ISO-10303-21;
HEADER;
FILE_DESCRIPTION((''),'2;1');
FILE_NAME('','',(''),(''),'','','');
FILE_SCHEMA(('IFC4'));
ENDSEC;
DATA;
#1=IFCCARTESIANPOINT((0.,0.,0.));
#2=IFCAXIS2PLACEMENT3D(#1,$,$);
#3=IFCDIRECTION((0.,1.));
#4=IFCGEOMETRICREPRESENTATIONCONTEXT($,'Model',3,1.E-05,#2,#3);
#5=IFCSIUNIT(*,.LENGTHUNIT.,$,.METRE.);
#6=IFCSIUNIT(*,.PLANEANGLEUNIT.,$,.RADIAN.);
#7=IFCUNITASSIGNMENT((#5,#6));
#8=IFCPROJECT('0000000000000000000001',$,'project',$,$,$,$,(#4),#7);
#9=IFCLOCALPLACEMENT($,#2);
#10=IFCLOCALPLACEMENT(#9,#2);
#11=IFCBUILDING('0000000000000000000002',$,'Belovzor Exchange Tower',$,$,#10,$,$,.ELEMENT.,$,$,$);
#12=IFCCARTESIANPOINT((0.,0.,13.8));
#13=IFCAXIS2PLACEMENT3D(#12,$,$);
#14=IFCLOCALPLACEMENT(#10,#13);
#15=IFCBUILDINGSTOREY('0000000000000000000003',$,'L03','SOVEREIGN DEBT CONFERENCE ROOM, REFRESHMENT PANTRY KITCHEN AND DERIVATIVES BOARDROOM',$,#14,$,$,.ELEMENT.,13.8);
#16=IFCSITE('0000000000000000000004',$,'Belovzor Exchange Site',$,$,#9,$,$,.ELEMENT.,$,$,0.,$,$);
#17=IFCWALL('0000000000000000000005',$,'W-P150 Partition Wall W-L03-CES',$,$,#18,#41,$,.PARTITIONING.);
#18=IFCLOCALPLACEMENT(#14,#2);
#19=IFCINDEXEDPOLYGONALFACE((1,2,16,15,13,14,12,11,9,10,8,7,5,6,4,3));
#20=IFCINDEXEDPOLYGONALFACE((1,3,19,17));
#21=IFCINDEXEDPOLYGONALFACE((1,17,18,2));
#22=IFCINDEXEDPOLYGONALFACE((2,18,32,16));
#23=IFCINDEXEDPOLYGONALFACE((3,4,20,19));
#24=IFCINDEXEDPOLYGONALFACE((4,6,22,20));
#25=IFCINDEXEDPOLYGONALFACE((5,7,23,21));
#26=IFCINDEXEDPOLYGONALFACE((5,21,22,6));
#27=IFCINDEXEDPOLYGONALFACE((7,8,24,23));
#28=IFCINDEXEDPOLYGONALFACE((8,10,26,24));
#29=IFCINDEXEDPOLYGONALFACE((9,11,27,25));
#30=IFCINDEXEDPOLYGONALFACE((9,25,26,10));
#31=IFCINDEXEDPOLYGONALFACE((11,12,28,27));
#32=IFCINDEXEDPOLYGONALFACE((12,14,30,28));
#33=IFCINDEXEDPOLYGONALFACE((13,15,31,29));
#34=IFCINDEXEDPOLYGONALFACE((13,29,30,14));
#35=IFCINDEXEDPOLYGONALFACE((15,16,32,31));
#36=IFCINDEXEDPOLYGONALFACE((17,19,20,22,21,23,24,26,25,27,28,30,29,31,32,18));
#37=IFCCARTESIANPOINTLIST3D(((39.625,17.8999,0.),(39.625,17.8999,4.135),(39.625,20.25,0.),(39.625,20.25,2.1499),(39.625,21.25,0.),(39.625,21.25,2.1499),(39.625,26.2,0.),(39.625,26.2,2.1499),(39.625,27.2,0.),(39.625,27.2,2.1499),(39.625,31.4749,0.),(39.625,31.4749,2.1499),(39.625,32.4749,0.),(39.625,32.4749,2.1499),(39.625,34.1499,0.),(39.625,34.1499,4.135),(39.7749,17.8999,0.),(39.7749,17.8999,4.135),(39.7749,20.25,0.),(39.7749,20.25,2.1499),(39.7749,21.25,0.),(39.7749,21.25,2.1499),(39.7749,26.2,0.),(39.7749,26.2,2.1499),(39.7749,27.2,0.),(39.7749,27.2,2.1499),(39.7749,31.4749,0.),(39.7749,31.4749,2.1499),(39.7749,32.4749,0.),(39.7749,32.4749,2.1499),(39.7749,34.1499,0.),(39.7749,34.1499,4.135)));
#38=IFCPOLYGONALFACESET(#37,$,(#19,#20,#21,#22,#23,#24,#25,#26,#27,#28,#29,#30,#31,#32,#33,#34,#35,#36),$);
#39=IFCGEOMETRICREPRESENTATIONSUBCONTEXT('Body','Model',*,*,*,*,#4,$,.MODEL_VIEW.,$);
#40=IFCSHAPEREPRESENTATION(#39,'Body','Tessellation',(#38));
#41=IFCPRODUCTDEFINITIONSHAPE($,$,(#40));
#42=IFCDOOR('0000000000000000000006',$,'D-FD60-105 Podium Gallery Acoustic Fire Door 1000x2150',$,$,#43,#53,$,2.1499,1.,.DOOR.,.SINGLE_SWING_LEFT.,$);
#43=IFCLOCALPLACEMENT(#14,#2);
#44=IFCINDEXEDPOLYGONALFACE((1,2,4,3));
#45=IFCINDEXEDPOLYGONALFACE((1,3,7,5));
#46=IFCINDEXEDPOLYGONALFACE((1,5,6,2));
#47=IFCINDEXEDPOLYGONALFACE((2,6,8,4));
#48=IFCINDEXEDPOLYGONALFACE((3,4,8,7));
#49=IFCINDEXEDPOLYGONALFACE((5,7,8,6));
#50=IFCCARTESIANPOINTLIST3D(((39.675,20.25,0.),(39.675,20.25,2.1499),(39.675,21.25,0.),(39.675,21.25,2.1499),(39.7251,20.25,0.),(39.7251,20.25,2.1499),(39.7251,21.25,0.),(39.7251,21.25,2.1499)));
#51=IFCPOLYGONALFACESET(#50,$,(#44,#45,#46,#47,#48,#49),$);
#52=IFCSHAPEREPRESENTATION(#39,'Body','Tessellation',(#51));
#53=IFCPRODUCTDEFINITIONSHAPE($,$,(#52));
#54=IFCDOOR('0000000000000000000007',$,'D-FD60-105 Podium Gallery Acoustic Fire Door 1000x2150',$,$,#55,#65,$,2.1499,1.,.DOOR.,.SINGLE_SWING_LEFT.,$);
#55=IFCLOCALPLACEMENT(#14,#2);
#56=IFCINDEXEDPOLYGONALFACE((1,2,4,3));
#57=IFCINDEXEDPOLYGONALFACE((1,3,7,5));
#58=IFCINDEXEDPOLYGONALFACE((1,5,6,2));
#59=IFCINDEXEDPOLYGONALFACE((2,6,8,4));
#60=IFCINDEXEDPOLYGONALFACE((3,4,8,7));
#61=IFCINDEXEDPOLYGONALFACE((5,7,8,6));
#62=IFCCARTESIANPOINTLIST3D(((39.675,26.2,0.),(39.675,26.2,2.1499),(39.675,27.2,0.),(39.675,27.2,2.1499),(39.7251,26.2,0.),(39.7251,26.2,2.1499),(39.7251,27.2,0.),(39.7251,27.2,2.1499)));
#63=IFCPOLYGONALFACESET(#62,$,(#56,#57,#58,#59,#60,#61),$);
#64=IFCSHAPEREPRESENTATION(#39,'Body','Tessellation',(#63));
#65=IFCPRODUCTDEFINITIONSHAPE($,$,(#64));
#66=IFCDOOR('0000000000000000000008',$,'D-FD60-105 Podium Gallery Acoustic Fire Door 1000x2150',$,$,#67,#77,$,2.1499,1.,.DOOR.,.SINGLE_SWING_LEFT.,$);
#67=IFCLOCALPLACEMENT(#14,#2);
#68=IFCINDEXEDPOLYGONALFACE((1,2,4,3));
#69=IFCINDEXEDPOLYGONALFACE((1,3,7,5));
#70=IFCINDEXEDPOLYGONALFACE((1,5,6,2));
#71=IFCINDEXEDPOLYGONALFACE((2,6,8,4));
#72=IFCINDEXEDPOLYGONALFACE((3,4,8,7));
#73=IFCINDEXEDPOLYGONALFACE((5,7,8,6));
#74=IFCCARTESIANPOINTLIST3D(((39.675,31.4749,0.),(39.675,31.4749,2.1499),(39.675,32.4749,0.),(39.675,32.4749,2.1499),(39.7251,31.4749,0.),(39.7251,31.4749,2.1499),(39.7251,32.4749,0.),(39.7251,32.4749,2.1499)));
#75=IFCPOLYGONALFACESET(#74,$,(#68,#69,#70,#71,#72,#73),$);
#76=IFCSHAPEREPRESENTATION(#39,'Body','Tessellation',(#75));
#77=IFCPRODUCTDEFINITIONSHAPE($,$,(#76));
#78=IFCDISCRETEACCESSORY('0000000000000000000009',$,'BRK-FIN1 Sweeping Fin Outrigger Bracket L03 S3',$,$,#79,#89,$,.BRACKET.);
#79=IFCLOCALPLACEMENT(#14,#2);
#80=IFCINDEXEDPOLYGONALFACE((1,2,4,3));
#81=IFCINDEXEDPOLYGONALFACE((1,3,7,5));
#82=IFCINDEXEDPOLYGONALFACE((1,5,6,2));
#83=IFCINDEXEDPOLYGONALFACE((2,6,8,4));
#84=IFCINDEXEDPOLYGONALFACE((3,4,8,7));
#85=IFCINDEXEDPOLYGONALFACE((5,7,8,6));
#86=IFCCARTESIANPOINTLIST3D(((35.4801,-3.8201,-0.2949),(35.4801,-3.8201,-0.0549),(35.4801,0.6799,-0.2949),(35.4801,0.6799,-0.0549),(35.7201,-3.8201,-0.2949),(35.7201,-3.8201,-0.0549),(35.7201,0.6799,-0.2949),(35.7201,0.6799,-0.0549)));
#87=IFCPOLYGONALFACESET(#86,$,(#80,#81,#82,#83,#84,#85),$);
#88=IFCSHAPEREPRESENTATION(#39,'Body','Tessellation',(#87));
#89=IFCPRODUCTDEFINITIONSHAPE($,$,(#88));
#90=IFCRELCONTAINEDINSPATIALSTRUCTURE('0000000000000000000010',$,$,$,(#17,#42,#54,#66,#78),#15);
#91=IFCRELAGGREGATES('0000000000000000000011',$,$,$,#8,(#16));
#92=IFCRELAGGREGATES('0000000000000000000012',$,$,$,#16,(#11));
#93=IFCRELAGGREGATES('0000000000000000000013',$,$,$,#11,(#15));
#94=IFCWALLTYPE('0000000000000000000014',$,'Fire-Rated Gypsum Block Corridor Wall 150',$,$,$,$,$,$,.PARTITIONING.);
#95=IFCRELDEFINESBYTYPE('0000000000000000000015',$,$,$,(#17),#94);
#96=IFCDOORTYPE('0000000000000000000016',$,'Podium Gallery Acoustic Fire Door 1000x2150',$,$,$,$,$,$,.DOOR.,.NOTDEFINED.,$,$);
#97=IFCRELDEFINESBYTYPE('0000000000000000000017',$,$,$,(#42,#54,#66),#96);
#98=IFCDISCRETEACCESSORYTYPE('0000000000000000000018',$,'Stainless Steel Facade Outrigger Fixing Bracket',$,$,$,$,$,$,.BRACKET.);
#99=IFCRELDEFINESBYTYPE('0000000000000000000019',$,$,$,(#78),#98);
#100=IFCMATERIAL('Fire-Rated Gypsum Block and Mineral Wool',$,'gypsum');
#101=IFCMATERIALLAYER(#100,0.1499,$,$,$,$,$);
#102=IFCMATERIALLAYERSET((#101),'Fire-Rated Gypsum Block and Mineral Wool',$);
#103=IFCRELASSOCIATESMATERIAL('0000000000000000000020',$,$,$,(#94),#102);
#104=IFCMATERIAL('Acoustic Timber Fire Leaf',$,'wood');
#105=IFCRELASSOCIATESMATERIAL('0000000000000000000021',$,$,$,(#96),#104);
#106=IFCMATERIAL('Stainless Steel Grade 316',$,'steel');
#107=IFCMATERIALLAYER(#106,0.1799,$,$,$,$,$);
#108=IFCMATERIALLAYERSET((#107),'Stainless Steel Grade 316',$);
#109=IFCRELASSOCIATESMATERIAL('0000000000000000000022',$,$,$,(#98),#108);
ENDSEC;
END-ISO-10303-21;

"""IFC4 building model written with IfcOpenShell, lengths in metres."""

from ifc_helpers import new_model, si_unit, direction, frame, frame_2d, origin, origin_2d, place, context, subcontext, project, spatial, rectangle, extrude, material, layer, layer_set, type_object, element, fill, save


model = new_model("IFC4")

# Units and contexts
model_context = context("Model", 3, precision=1e-05, world=origin(), true_north=direction((0.0, 1.0)))
body_context = subcontext(model_context, "Body", "Model", "MODEL_VIEW")
ifc_project = project(units=[si_unit("LENGTHUNIT", "METRE"), si_unit("PLANEANGLEUNIT", "RADIAN")], contexts=[model_context])

# Site, building, storey
site_placement = place(None, origin())
site = spatial("IfcSite", under=ifc_project, at=site_placement, Name="Belovzor Exchange Site", CompositionType="ELEMENT", RefElevation=0.0)
building_placement = place(site_placement, origin())
building = spatial("IfcBuilding", under=site, at=building_placement, Name="Belovzor Exchange Tower", CompositionType="ELEMENT")
storey_placement = place(building_placement, frame((0.0, 0.0, 13.8)))
storey = spatial("IfcBuildingStorey", under=building, at=storey_placement, Name="L03", Description="SOVEREIGN DEBT CONFERENCE ROOM, REFRESHMENT PANTRY KITCHEN AND DERIVATIVES BOARDROOM", CompositionType="ELEMENT", Elevation=13.8)

# Wall, openings, doors
ifc_material_1 = material(Name="Fire-Rated Gypsum Block and Mineral Wool", Category="gypsum")
ifc_layer_1 = layer(ifc_material_1, 0.1499)
ifc_layer_set_1 = layer_set([ifc_layer_1], Name="Fire-Rated Gypsum Block and Mineral Wool")
wall_type_1 = type_object("IfcWallType", Name="Fire-Rated Gypsum Block Corridor Wall 150", PredefinedType="PARTITIONING", material=ifc_layer_set_1)
wall_1_placement = place(storey_placement, frame((39.7, 17.8999, 0.0), z_axis=(0.0, 0.0, 1.0), x_axis=(0.0, 1.0, 0.0)))
wall_1 = element("IfcWall", 1, at=wall_1_placement, inside=storey, type_object=wall_type_1, Name="W-P150 Partition Wall W-L03-CES", PredefinedType="PARTITIONING", context=body_context, shape_type="SweptSolid", body=[
    extrude(rectangle(XDim=16.25, YDim=0.1499, at=frame_2d((8.125, 0.0))), origin(), (0.0, 0.0, 1.0), 4.135),
])
opening_1_placement = place(wall_1_placement, frame((2.3501, 0.0, 0.0)))
opening_1 = element("IfcOpeningElement", 2, at=opening_1_placement, cuts=wall_1, PredefinedType="OPENING", context=body_context, shape_type="SweptSolid", body=[
    extrude(rectangle(XDim=1.0, YDim=2.1499, at=frame_2d((0.5, 1.075))), frame((0.0, 0.085, 0.0), z_axis=(0.0, -1.0, 0.0), x_axis=(1.0, 0.0, 0.0)), (0.0, 0.0, 1.0), 0.1699),
])
opening_2_placement = place(wall_1_placement, frame((8.3, 0.0, 0.0)))
opening_2 = element("IfcOpeningElement", 3, at=opening_2_placement, cuts=wall_1, PredefinedType="OPENING", context=body_context, shape_type="SweptSolid", body=[
    extrude(rectangle(XDim=1.0, YDim=2.1499, at=frame_2d((0.5, 1.075))), frame((0.0, 0.085, 0.0), z_axis=(0.0, -1.0, 0.0), x_axis=(1.0, 0.0, 0.0)), (0.0, 0.0, 1.0), 0.1699),
])
opening_3_placement = place(wall_1_placement, frame((13.575, 0.0, 0.0)))
opening_3 = element("IfcOpeningElement", 4, at=opening_3_placement, cuts=wall_1, PredefinedType="OPENING", context=body_context, shape_type="SweptSolid", body=[
    extrude(rectangle(XDim=1.0, YDim=2.1499, at=frame_2d((0.5, 1.075))), frame((0.0, 0.085, 0.0), z_axis=(0.0, -1.0, 0.0), x_axis=(1.0, 0.0, 0.0)), (0.0, 0.0, 1.0), 0.1699),
])
ifc_material_2 = material(Name="Acoustic Timber Fire Leaf", Category="wood")
door_type = type_object("IfcDoorType", Name="Podium Gallery Acoustic Fire Door 1000x2150", OperationType="NOTDEFINED", PredefinedType="DOOR", material=ifc_material_2)
door_1_placement = place(opening_1_placement, origin())
door_1 = element("IfcDoor", 5, at=door_1_placement, inside=storey, type_object=door_type, Name="D-FD60-105 Podium Gallery Acoustic Fire Door 1000x2150", OperationType="SINGLE_SWING_LEFT", OverallHeight=2.1499, OverallWidth=1.0, PredefinedType="DOOR", context=body_context, shape_type="SweptSolid", body=[
    extrude(rectangle(XDim=1.0, YDim=2.1499, at=frame_2d((0.5, 1.075))), frame((0.0, 0.0249, 0.0), z_axis=(0.0, -1.0, 0.0), x_axis=(1.0, 0.0, 0.0)), (0.0, 0.0, 1.0), 0.05),
])
fill(opening_1, door_1)
door_2_placement = place(opening_2_placement, origin())
door_2 = element("IfcDoor", 6, at=door_2_placement, inside=storey, type_object=door_type, Name="D-FD60-105 Podium Gallery Acoustic Fire Door 1000x2150", OperationType="SINGLE_SWING_LEFT", OverallHeight=2.1499, OverallWidth=1.0, PredefinedType="DOOR", context=body_context, shape_type="SweptSolid", body=[
    extrude(rectangle(XDim=1.0, YDim=2.1499, at=frame_2d((0.5, 1.075))), frame((0.0, 0.0249, 0.0), z_axis=(0.0, -1.0, 0.0), x_axis=(1.0, 0.0, 0.0)), (0.0, 0.0, 1.0), 0.05),
])
fill(opening_2, door_2)
door_3_placement = place(opening_3_placement, origin())
door_3 = element("IfcDoor", 7, at=door_3_placement, inside=storey, type_object=door_type, Name="D-FD60-105 Podium Gallery Acoustic Fire Door 1000x2150", OperationType="SINGLE_SWING_LEFT", OverallHeight=2.1499, OverallWidth=1.0, PredefinedType="DOOR", context=body_context, shape_type="SweptSolid", body=[
    extrude(rectangle(XDim=1.0, YDim=2.1499, at=frame_2d((0.5, 1.075))), frame((0.0, 0.0249, 0.0), z_axis=(0.0, -1.0, 0.0), x_axis=(1.0, 0.0, 0.0)), (0.0, 0.0, 1.0), 0.05),
])
fill(opening_3, door_3)

# Discrete accessory
ifc_material_3 = material(Name="Stainless Steel Grade 316", Category="steel")
ifc_layer_2 = layer(ifc_material_3, 0.1799)
ifc_layer_set_2 = layer_set([ifc_layer_2], Name="Stainless Steel Grade 316")
discrete_accessory_type = type_object("IfcDiscreteAccessoryType", Name="Stainless Steel Facade Outrigger Fixing Bracket", PredefinedType="BRACKET", material=ifc_layer_set_2)
discrete_accessory_placement = place(storey_placement, frame((35.6001, -1.5701, -0.2949), z_axis=(0.0, 0.0, 1.0), x_axis=(0.0, 1.0, 0.0)))
element("IfcDiscreteAccessory", 8, at=discrete_accessory_placement, inside=storey, type_object=discrete_accessory_type, Name="BRK-FIN1 Sweeping Fin Outrigger Bracket L03 S3", PredefinedType="BRACKET", context=body_context, shape_type="SweptSolid", body=[
    extrude(rectangle(XDim=4.5, YDim=0.24, at=origin_2d()), origin(), (0.0, 0.0, 1.0), 0.24),
])

save(model, "model.ifc")
